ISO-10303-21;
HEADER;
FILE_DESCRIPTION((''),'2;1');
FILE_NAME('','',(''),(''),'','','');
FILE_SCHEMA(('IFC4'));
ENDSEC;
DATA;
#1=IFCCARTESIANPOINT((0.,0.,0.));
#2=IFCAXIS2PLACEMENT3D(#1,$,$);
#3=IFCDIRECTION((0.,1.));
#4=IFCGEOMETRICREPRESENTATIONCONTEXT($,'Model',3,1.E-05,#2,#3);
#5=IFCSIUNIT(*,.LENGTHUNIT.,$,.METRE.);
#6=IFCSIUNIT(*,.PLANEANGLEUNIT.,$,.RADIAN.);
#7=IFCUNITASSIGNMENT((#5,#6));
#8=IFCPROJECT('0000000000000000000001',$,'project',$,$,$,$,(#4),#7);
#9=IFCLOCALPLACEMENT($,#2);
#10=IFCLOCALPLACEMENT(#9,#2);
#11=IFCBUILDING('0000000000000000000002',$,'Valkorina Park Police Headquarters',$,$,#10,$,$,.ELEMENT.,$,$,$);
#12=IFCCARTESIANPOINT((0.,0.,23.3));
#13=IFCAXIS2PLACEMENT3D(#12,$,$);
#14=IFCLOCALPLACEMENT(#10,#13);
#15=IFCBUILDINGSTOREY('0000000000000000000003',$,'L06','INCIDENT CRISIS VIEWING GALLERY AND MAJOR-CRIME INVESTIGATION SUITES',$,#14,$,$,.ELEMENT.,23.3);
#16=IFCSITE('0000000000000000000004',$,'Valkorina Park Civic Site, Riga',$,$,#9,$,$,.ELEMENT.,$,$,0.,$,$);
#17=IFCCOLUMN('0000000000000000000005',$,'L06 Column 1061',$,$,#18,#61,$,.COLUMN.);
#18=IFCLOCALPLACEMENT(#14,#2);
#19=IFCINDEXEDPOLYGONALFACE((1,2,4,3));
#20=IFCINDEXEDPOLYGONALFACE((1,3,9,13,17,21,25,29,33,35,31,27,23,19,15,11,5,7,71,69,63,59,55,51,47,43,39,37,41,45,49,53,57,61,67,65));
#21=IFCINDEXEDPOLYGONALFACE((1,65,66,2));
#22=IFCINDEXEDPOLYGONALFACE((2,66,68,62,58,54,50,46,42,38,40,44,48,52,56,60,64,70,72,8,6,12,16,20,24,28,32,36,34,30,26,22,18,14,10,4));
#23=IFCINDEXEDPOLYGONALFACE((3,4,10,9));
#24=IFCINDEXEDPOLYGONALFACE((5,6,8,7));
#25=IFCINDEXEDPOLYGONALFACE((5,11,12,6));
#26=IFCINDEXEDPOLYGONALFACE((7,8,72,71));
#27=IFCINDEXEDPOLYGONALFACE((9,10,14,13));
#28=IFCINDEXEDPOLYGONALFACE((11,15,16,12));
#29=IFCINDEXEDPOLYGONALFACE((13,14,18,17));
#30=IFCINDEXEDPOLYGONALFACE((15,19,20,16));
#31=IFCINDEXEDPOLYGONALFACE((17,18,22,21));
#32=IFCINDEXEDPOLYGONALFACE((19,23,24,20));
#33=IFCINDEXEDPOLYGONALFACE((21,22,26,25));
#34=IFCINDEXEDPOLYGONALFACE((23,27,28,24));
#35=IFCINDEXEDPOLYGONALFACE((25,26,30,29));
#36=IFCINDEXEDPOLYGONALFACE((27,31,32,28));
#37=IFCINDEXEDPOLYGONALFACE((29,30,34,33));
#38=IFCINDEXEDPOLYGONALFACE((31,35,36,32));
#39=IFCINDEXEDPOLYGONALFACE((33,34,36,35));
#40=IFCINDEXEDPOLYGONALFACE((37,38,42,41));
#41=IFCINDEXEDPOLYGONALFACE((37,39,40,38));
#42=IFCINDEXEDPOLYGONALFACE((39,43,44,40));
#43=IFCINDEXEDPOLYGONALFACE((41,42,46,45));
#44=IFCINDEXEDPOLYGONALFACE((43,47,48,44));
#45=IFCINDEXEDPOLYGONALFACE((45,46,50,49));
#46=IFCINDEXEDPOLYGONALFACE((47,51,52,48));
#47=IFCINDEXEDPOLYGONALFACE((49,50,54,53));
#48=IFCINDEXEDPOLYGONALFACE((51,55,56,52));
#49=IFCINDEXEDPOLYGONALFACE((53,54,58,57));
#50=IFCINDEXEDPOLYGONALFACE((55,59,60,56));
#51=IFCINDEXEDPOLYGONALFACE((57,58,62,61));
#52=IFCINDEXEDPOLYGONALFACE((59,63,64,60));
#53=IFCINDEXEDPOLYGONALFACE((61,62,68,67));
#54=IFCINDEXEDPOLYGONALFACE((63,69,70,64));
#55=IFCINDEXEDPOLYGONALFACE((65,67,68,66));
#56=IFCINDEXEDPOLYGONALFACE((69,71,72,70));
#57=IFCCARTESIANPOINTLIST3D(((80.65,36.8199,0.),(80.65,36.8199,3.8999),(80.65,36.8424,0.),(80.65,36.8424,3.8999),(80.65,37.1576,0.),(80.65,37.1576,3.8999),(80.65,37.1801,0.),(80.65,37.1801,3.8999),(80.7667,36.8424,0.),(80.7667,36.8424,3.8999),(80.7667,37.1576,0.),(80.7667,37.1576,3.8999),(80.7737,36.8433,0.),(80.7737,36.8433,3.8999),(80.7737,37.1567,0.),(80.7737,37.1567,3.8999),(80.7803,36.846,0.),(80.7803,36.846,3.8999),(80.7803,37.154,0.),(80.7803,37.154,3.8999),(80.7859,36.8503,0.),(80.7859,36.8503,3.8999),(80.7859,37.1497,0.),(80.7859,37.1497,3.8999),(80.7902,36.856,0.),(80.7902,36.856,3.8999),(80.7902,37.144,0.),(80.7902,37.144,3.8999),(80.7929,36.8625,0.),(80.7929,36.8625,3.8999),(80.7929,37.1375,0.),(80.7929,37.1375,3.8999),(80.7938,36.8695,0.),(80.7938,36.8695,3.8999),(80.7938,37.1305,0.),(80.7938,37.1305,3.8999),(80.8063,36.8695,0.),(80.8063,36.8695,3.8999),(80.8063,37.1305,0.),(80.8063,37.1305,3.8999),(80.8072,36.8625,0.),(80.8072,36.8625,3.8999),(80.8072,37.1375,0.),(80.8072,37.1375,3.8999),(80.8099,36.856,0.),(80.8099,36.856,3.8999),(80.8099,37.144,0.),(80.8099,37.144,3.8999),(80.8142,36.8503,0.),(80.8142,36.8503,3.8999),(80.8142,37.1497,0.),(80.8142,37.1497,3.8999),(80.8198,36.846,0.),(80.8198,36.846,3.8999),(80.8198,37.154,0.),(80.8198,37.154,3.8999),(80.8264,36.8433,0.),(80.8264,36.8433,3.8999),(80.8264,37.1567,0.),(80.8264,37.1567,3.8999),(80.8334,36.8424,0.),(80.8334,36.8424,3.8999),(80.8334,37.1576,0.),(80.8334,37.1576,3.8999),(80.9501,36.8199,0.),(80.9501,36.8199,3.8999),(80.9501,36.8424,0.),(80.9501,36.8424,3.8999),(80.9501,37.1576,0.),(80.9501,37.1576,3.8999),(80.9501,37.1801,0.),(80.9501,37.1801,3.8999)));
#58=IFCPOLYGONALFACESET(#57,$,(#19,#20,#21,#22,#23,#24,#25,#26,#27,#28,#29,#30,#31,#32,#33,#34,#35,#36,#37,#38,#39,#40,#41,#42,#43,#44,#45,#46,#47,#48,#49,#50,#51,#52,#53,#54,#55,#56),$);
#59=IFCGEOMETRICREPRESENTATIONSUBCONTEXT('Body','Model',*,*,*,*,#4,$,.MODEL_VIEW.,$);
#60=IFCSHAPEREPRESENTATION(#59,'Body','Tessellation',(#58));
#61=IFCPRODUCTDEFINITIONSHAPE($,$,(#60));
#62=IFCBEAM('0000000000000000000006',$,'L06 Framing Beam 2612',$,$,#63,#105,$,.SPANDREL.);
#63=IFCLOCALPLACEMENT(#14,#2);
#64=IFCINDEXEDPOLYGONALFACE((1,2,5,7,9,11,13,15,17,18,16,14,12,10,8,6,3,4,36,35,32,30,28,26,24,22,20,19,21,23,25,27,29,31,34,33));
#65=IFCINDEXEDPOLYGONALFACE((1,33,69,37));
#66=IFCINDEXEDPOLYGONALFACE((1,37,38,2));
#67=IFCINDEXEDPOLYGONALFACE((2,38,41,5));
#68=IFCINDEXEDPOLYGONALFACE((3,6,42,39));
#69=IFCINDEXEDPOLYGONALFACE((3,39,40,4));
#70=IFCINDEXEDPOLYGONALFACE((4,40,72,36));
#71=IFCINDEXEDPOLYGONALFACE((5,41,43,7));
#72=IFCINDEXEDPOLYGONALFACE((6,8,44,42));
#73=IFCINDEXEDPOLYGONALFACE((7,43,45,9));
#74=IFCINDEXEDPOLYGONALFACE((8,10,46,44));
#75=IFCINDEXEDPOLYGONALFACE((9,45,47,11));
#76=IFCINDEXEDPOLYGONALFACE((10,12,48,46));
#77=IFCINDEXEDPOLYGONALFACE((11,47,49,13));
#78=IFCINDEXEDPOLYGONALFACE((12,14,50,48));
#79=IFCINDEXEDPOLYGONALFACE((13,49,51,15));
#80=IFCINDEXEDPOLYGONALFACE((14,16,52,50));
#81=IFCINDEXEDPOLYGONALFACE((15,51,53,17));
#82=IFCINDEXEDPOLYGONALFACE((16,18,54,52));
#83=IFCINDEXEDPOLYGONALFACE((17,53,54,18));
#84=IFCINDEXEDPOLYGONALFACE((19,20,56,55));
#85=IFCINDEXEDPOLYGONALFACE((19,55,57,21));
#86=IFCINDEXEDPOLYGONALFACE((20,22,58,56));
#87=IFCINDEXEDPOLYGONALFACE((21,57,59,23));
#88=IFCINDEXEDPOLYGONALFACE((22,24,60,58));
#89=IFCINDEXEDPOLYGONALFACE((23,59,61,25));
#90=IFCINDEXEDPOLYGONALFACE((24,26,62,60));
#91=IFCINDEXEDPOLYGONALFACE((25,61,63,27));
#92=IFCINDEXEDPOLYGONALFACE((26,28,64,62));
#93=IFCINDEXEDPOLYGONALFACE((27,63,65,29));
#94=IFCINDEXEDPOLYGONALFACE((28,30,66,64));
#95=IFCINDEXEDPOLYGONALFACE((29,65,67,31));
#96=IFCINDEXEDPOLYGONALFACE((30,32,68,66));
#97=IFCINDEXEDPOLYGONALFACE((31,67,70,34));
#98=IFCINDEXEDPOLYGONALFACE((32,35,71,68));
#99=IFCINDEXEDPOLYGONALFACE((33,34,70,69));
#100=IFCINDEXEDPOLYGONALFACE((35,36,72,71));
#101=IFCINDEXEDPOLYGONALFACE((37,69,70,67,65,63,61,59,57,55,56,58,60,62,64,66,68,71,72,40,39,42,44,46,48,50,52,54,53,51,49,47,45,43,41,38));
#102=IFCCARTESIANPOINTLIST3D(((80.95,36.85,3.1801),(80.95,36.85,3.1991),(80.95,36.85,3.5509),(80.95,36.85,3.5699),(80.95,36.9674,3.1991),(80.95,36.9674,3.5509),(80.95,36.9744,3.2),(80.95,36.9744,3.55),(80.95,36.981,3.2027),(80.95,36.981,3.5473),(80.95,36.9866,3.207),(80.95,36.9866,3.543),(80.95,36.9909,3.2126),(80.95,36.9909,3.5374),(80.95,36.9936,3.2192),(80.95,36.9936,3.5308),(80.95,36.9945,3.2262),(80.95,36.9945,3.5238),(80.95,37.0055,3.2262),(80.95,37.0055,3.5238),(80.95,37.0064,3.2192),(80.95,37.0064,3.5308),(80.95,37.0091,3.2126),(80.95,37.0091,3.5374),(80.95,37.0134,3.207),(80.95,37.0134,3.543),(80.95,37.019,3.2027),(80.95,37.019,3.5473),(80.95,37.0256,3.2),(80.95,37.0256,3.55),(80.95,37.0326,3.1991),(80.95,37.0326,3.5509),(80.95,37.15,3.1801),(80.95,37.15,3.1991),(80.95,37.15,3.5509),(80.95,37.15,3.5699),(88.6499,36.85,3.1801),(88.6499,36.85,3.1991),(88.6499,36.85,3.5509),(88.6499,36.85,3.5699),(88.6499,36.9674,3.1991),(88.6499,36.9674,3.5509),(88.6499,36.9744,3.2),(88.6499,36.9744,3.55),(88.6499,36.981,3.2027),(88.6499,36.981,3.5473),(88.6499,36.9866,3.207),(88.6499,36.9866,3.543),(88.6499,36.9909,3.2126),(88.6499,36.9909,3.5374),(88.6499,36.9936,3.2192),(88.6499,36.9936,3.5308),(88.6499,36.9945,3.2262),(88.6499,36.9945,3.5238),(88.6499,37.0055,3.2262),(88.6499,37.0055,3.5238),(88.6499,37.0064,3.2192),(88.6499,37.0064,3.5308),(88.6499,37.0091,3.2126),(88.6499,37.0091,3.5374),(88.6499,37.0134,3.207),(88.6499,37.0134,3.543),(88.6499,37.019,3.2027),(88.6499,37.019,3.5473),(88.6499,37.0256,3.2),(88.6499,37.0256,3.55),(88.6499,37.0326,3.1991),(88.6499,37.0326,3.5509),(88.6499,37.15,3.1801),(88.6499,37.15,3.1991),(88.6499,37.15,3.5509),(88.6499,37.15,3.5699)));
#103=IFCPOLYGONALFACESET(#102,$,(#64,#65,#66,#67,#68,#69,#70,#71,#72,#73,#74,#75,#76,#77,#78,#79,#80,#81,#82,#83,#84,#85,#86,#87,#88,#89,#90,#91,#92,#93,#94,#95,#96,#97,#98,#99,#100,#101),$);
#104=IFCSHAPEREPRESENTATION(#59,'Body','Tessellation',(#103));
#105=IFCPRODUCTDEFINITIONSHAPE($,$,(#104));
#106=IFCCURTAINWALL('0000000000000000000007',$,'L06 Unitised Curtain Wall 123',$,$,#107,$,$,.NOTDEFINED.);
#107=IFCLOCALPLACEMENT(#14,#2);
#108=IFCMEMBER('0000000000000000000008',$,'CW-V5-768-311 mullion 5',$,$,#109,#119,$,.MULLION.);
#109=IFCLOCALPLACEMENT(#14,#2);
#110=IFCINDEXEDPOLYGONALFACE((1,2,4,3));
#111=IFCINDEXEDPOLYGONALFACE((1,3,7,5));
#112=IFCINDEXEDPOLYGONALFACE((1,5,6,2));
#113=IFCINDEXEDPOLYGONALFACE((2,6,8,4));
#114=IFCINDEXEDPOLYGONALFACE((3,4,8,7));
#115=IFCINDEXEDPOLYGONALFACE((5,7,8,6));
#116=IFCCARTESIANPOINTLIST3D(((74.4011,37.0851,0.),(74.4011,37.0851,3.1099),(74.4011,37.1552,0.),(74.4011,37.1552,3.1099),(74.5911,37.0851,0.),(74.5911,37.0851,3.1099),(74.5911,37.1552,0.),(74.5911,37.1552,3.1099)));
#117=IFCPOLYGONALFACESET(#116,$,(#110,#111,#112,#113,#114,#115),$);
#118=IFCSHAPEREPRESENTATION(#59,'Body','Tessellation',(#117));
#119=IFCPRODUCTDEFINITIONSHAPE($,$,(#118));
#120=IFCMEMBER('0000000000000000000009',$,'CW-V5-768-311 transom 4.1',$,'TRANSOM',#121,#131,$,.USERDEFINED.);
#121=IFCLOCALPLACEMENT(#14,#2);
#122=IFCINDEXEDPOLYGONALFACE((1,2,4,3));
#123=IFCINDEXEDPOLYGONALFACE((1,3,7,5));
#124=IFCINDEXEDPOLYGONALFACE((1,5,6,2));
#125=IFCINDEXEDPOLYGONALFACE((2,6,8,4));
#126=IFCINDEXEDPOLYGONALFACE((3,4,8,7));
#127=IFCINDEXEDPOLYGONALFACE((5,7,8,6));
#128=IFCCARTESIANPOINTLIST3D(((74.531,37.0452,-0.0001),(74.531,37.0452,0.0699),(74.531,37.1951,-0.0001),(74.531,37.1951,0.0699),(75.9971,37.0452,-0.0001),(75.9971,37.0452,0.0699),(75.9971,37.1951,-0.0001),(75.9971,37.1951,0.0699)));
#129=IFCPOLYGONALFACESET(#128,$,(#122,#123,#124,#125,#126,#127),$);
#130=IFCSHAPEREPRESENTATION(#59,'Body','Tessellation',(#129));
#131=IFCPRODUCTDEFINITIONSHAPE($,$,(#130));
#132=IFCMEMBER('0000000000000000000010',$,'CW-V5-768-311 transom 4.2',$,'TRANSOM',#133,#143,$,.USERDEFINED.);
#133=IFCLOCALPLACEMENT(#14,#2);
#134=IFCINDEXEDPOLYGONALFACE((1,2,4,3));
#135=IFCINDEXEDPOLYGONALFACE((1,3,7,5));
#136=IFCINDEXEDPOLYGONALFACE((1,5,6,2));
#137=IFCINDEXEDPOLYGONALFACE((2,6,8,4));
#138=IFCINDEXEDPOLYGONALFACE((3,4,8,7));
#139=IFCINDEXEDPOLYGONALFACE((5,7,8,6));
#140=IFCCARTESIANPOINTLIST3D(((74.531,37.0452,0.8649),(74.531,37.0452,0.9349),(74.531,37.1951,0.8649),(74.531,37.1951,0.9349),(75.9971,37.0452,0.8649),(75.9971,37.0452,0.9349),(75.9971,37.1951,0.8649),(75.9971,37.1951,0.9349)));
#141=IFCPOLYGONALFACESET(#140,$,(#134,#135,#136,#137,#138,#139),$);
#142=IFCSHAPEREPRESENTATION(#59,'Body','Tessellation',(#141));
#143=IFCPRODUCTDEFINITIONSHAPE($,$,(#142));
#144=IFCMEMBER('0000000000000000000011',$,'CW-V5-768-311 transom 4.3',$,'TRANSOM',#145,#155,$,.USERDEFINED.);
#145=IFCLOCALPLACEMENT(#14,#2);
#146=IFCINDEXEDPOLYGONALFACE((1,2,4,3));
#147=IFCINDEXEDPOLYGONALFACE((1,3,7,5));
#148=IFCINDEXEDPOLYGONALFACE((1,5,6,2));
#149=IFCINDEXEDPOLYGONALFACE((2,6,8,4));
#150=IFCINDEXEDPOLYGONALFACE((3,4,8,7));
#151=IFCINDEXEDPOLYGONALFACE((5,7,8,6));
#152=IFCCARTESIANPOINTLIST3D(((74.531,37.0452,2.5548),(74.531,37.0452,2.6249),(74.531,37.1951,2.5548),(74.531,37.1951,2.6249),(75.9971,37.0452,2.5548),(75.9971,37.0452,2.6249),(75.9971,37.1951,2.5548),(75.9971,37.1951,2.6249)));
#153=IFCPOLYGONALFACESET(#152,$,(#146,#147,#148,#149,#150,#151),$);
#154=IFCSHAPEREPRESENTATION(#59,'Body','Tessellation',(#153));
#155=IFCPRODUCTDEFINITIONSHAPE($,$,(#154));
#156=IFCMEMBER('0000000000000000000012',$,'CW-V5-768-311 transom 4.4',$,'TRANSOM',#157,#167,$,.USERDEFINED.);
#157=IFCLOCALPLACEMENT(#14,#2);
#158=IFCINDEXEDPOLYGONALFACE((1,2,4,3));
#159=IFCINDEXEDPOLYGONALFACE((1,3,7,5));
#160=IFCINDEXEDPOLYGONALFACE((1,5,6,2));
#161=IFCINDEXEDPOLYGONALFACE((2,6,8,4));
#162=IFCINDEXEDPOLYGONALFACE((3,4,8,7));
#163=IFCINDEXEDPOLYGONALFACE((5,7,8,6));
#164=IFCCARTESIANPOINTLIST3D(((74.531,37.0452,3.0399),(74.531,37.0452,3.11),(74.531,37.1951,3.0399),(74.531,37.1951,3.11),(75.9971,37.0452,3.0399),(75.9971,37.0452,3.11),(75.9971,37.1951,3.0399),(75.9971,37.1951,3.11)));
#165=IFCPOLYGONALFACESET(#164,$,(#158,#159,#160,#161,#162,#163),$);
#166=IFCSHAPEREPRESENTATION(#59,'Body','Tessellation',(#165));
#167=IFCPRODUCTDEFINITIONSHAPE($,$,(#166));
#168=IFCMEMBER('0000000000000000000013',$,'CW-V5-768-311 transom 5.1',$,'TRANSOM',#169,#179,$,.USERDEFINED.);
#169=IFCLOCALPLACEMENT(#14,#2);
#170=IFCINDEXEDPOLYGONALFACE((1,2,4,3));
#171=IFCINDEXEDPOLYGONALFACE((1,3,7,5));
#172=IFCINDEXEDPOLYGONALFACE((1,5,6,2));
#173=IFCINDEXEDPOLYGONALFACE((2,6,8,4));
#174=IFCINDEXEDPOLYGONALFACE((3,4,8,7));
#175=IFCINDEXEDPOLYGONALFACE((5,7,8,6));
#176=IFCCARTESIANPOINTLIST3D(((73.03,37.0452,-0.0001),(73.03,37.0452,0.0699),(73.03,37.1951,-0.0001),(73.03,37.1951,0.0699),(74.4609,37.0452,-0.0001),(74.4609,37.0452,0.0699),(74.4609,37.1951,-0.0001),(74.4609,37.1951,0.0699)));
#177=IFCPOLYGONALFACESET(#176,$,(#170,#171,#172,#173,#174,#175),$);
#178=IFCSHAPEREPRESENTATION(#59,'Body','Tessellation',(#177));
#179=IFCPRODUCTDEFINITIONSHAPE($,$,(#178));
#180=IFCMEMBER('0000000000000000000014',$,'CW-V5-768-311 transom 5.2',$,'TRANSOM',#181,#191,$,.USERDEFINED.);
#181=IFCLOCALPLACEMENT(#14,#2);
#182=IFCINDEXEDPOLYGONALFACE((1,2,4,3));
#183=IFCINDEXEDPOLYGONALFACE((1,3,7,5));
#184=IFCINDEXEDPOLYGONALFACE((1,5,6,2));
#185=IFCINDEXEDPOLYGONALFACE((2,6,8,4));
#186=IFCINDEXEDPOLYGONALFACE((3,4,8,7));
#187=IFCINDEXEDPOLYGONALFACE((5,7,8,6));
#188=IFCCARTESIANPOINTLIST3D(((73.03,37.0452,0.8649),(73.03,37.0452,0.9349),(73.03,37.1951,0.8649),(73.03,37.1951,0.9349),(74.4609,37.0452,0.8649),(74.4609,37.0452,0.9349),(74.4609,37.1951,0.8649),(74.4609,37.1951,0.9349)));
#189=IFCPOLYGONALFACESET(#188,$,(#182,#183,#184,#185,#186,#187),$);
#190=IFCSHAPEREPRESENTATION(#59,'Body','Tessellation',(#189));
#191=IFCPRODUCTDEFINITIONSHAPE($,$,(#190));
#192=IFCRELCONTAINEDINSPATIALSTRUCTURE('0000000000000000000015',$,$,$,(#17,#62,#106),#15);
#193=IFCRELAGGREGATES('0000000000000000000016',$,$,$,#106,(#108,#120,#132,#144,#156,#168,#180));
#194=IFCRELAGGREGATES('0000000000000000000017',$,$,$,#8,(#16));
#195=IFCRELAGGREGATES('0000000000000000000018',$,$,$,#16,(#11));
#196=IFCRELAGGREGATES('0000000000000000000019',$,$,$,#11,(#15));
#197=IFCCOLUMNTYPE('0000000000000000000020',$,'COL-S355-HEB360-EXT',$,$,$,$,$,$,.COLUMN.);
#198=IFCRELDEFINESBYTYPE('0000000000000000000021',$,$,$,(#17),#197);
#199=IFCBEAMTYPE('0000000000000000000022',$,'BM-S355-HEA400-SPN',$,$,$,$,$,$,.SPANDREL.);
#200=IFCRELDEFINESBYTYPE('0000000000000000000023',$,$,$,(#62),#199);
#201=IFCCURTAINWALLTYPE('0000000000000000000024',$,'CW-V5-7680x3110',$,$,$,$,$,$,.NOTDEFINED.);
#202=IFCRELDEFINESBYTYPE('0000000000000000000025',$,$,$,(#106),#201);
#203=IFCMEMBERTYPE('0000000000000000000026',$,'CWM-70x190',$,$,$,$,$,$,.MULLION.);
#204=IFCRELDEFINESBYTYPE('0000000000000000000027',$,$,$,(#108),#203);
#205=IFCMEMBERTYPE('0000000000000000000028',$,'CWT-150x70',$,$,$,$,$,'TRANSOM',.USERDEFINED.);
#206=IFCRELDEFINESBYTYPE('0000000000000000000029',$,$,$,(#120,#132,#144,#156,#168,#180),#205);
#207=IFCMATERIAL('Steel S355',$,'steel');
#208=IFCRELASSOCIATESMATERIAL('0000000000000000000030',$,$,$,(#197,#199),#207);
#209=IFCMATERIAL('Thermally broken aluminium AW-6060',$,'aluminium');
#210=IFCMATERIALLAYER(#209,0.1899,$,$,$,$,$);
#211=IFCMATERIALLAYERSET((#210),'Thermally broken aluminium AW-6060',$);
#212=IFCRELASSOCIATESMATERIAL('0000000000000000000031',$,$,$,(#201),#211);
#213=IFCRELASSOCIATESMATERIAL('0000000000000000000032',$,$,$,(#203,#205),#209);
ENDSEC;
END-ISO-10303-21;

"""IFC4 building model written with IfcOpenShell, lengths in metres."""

from ifc_helpers import new_model, si_unit, direction, frame, origin, origin_2d, place, context, subcontext, project, spatial, rectangle, i_section, extrude, material, layer, layer_set, material_profile, profile_set, type_object, element, aggregate, save


model = new_model("IFC4")

# Units and contexts
model_context = context("Model", 3, precision=1e-05, world=origin(), true_north=direction((0.0, 1.0)))
body_context = subcontext(model_context, "Body", "Model", "MODEL_VIEW")
ifc_project = project(units=[si_unit("LENGTHUNIT", "METRE"), si_unit("PLANEANGLEUNIT", "RADIAN")], contexts=[model_context])

# Site, building, storey
site_placement = place(None, origin())
site = spatial("IfcSite", under=ifc_project, at=site_placement, Name="Valkorina Park Civic Site, Riga", CompositionType="ELEMENT", RefElevation=0.0)
building_placement = place(site_placement, origin())
building = spatial("IfcBuilding", under=site, at=building_placement, Name="Valkorina Park Police Headquarters", CompositionType="ELEMENT")
storey_placement = place(building_placement, frame((0.0, 0.0, 23.3)))
storey = spatial("IfcBuildingStorey", under=building, at=storey_placement, Name="L06", Description="INCIDENT CRISIS VIEWING GALLERY AND MAJOR-CRIME INVESTIGATION SUITES", CompositionType="ELEMENT", Elevation=23.3)

# Column
ifc_material_1 = material(Name="Steel S355", Category="steel")
ifc_material_profile_1 = material_profile(ifc_material_1, i_section(OverallWidth=0.3, OverallDepth=0.3601, WebThickness=0.0125, FlangeThickness=0.0225, FilletRadius=0.0271, at=origin_2d()), Name="HEB 360")
ifc_profile_set_1 = profile_set([ifc_material_profile_1], Name="Steel S355")
column_type = type_object("IfcColumnType", Name="COL-S355-HEB360-EXT", PredefinedType="COLUMN", material=ifc_profile_set_1)
column_placement = place(storey_placement, frame((80.8, 37.0, 0.0), z_axis=(0.0, 0.0, 1.0), x_axis=(1.0, 0.0, 0.0)))
element("IfcColumn", 1, at=column_placement, inside=storey, type_object=column_type, Name="L06 Column 1061", PredefinedType="COLUMN", context=body_context, shape_type="SweptSolid", body=[
    extrude(i_section(OverallWidth=0.3, OverallDepth=0.3601, WebThickness=0.0125, FlangeThickness=0.0225, FilletRadius=0.0271, at=origin_2d()), origin(), (0.0, 0.0, 1.0), 3.8999),
])

# Beam
ifc_material_profile_2 = material_profile(ifc_material_1, i_section(OverallWidth=0.3, OverallDepth=0.3899, WebThickness=0.011, FlangeThickness=0.019, FilletRadius=0.0271, at=origin_2d()), Name="HEA 400")
ifc_profile_set_2 = profile_set([ifc_material_profile_2], Name="Steel S355")
beam_type = type_object("IfcBeamType", Name="BM-S355-HEA400-SPN", PredefinedType="SPANDREL", material=ifc_profile_set_2)
beam_placement = place(storey_placement, frame((80.95, 37.0, 3.375), z_axis=(1.0, 0.0, 0.0), x_axis=(0.0, 1.0, 0.0)))
element("IfcBeam", 2, at=beam_placement, inside=storey, type_object=beam_type, Name="L06 Framing Beam 2612", PredefinedType="SPANDREL", context=body_context, shape_type="SweptSolid", body=[
    extrude(i_section(OverallWidth=0.3, OverallDepth=0.3899, WebThickness=0.011, FlangeThickness=0.019, FilletRadius=0.0271, at=origin_2d()), origin(), (0.0, 0.0, 1.0), 7.7),
])

# Curtain wall, members
ifc_material_2 = material(Name="Thermally broken aluminium AW-6060", Category="aluminium")
ifc_layer_1 = layer(ifc_material_2, 0.1899)
ifc_layer_set_1 = layer_set([ifc_layer_1], Name="Thermally broken aluminium AW-6060")
curtain_wall_type = type_object("IfcCurtainWallType", Name="CW-V5-7680x3110", PredefinedType="NOTDEFINED", material=ifc_layer_set_1)
curtain_wall_placement = place(storey_placement, origin())
curtain_wall = element("IfcCurtainWall", 3, at=curtain_wall_placement, inside=storey, type_object=curtain_wall_type, Name="L06 Unitised Curtain Wall 123", PredefinedType="NOTDEFINED")
ifc_material_profile_3 = material_profile(ifc_material_2, rectangle(XDim=0.0701, YDim=0.1899, at=origin_2d()), Name="CWM-02 70x190")
ifc_profile_set_3 = profile_set([ifc_material_profile_3], Name="Thermally broken aluminium AW-6060")
member_type_1 = type_object("IfcMemberType", Name="CWM-70x190", PredefinedType="MULLION", material=ifc_profile_set_3)
member_1_placement = place(storey_placement, frame((74.4961, 37.1201, 0.0), z_axis=(0.0, 0.0, 1.0), x_axis=(0.0, -1.0, 0.0)))
member_1 = element("IfcMember", 4, at=member_1_placement, type_object=member_type_1, Name="CW-V5-768-311 mullion 5", PredefinedType="MULLION", context=body_context, shape_type="SweptSolid", body=[
    extrude(rectangle(XDim=0.0701, YDim=0.1899, at=origin_2d()), origin(), (0.0, 0.0, 1.0), 3.1099),
])
ifc_material_profile_4 = material_profile(ifc_material_2, rectangle(XDim=0.1499, YDim=0.0701, at=origin_2d()), Name="CWT-02 150x70")
ifc_profile_set_4 = profile_set([ifc_material_profile_4], Name="Thermally broken aluminium AW-6060")
member_type_2 = type_object("IfcMemberType", Name="CWT-150x70", ElementType="TRANSOM", PredefinedType="USERDEFINED", material=ifc_profile_set_4)
member_2_placement = place(storey_placement, frame((75.9971, 37.1201, 0.0349), z_axis=(-1.0, 0.0, 0.0), x_axis=(0.0, -1.0, 0.0)))
member_2 = element("IfcMember", 5, at=member_2_placement, type_object=member_type_2, Name="CW-V5-768-311 transom 4.1", ObjectType="TRANSOM", PredefinedType="USERDEFINED", context=body_context, shape_type="SweptSolid", body=[
    extrude(rectangle(XDim=0.1499, YDim=0.0701, at=origin_2d()), origin(), (0.0, 0.0, 1.0), 1.4661),
])
member_3_placement = place(storey_placement, frame((75.9971, 37.1201, 0.8999), z_axis=(-1.0, 0.0, 0.0), x_axis=(0.0, -1.0, 0.0)))
member_3 = element("IfcMember", 6, at=member_3_placement, type_object=member_type_2, Name="CW-V5-768-311 transom 4.2", ObjectType="TRANSOM", PredefinedType="USERDEFINED", context=body_context, shape_type="SweptSolid", body=[
    extrude(rectangle(XDim=0.1499, YDim=0.0701, at=origin_2d()), origin(), (0.0, 0.0, 1.0), 1.4661),
])
member_4_placement = place(storey_placement, frame((75.9971, 37.1201, 2.5898), z_axis=(-1.0, 0.0, 0.0), x_axis=(0.0, -1.0, 0.0)))
member_4 = element("IfcMember", 7, at=member_4_placement, type_object=member_type_2, Name="CW-V5-768-311 transom 4.3", ObjectType="TRANSOM", PredefinedType="USERDEFINED", context=body_context, shape_type="SweptSolid", body=[
    extrude(rectangle(XDim=0.1499, YDim=0.0701, at=origin_2d()), origin(), (0.0, 0.0, 1.0), 1.4661),
])
member_5_placement = place(storey_placement, frame((75.9971, 37.1201, 3.075), z_axis=(-1.0, 0.0, 0.0), x_axis=(0.0, -1.0, 0.0)))
member_5 = element("IfcMember", 8, at=member_5_placement, type_object=member_type_2, Name="CW-V5-768-311 transom 4.4", ObjectType="TRANSOM", PredefinedType="USERDEFINED", context=body_context, shape_type="SweptSolid", body=[
    extrude(rectangle(XDim=0.1499, YDim=0.0701, at=origin_2d()), origin(), (0.0, 0.0, 1.0), 1.4661),
])
member_6_placement = place(storey_placement, frame((74.4609, 37.1201, 0.0349), z_axis=(-1.0, 0.0, 0.0), x_axis=(0.0, -1.0, 0.0)))
member_6 = element("IfcMember", 9, at=member_6_placement, type_object=member_type_2, Name="CW-V5-768-311 transom 5.1", ObjectType="TRANSOM", PredefinedType="USERDEFINED", context=body_context, shape_type="SweptSolid", body=[
    extrude(rectangle(XDim=0.1499, YDim=0.0701, at=origin_2d()), origin(), (0.0, 0.0, 1.0), 1.4309),
])
member_7_placement = place(storey_placement, frame((74.4609, 37.1201, 0.8999), z_axis=(-1.0, 0.0, 0.0), x_axis=(0.0, -1.0, 0.0)))
member_7 = element("IfcMember", 10, at=member_7_placement, type_object=member_type_2, Name="CW-V5-768-311 transom 5.2", ObjectType="TRANSOM", PredefinedType="USERDEFINED", context=body_context, shape_type="SweptSolid", body=[
    extrude(rectangle(XDim=0.1499, YDim=0.0701, at=origin_2d()), origin(), (0.0, 0.0, 1.0), 1.4309),
])
aggregate(curtain_wall, [member_1, member_2, member_3, member_4, member_5, member_6, member_7])

save(model, "model.ifc")
